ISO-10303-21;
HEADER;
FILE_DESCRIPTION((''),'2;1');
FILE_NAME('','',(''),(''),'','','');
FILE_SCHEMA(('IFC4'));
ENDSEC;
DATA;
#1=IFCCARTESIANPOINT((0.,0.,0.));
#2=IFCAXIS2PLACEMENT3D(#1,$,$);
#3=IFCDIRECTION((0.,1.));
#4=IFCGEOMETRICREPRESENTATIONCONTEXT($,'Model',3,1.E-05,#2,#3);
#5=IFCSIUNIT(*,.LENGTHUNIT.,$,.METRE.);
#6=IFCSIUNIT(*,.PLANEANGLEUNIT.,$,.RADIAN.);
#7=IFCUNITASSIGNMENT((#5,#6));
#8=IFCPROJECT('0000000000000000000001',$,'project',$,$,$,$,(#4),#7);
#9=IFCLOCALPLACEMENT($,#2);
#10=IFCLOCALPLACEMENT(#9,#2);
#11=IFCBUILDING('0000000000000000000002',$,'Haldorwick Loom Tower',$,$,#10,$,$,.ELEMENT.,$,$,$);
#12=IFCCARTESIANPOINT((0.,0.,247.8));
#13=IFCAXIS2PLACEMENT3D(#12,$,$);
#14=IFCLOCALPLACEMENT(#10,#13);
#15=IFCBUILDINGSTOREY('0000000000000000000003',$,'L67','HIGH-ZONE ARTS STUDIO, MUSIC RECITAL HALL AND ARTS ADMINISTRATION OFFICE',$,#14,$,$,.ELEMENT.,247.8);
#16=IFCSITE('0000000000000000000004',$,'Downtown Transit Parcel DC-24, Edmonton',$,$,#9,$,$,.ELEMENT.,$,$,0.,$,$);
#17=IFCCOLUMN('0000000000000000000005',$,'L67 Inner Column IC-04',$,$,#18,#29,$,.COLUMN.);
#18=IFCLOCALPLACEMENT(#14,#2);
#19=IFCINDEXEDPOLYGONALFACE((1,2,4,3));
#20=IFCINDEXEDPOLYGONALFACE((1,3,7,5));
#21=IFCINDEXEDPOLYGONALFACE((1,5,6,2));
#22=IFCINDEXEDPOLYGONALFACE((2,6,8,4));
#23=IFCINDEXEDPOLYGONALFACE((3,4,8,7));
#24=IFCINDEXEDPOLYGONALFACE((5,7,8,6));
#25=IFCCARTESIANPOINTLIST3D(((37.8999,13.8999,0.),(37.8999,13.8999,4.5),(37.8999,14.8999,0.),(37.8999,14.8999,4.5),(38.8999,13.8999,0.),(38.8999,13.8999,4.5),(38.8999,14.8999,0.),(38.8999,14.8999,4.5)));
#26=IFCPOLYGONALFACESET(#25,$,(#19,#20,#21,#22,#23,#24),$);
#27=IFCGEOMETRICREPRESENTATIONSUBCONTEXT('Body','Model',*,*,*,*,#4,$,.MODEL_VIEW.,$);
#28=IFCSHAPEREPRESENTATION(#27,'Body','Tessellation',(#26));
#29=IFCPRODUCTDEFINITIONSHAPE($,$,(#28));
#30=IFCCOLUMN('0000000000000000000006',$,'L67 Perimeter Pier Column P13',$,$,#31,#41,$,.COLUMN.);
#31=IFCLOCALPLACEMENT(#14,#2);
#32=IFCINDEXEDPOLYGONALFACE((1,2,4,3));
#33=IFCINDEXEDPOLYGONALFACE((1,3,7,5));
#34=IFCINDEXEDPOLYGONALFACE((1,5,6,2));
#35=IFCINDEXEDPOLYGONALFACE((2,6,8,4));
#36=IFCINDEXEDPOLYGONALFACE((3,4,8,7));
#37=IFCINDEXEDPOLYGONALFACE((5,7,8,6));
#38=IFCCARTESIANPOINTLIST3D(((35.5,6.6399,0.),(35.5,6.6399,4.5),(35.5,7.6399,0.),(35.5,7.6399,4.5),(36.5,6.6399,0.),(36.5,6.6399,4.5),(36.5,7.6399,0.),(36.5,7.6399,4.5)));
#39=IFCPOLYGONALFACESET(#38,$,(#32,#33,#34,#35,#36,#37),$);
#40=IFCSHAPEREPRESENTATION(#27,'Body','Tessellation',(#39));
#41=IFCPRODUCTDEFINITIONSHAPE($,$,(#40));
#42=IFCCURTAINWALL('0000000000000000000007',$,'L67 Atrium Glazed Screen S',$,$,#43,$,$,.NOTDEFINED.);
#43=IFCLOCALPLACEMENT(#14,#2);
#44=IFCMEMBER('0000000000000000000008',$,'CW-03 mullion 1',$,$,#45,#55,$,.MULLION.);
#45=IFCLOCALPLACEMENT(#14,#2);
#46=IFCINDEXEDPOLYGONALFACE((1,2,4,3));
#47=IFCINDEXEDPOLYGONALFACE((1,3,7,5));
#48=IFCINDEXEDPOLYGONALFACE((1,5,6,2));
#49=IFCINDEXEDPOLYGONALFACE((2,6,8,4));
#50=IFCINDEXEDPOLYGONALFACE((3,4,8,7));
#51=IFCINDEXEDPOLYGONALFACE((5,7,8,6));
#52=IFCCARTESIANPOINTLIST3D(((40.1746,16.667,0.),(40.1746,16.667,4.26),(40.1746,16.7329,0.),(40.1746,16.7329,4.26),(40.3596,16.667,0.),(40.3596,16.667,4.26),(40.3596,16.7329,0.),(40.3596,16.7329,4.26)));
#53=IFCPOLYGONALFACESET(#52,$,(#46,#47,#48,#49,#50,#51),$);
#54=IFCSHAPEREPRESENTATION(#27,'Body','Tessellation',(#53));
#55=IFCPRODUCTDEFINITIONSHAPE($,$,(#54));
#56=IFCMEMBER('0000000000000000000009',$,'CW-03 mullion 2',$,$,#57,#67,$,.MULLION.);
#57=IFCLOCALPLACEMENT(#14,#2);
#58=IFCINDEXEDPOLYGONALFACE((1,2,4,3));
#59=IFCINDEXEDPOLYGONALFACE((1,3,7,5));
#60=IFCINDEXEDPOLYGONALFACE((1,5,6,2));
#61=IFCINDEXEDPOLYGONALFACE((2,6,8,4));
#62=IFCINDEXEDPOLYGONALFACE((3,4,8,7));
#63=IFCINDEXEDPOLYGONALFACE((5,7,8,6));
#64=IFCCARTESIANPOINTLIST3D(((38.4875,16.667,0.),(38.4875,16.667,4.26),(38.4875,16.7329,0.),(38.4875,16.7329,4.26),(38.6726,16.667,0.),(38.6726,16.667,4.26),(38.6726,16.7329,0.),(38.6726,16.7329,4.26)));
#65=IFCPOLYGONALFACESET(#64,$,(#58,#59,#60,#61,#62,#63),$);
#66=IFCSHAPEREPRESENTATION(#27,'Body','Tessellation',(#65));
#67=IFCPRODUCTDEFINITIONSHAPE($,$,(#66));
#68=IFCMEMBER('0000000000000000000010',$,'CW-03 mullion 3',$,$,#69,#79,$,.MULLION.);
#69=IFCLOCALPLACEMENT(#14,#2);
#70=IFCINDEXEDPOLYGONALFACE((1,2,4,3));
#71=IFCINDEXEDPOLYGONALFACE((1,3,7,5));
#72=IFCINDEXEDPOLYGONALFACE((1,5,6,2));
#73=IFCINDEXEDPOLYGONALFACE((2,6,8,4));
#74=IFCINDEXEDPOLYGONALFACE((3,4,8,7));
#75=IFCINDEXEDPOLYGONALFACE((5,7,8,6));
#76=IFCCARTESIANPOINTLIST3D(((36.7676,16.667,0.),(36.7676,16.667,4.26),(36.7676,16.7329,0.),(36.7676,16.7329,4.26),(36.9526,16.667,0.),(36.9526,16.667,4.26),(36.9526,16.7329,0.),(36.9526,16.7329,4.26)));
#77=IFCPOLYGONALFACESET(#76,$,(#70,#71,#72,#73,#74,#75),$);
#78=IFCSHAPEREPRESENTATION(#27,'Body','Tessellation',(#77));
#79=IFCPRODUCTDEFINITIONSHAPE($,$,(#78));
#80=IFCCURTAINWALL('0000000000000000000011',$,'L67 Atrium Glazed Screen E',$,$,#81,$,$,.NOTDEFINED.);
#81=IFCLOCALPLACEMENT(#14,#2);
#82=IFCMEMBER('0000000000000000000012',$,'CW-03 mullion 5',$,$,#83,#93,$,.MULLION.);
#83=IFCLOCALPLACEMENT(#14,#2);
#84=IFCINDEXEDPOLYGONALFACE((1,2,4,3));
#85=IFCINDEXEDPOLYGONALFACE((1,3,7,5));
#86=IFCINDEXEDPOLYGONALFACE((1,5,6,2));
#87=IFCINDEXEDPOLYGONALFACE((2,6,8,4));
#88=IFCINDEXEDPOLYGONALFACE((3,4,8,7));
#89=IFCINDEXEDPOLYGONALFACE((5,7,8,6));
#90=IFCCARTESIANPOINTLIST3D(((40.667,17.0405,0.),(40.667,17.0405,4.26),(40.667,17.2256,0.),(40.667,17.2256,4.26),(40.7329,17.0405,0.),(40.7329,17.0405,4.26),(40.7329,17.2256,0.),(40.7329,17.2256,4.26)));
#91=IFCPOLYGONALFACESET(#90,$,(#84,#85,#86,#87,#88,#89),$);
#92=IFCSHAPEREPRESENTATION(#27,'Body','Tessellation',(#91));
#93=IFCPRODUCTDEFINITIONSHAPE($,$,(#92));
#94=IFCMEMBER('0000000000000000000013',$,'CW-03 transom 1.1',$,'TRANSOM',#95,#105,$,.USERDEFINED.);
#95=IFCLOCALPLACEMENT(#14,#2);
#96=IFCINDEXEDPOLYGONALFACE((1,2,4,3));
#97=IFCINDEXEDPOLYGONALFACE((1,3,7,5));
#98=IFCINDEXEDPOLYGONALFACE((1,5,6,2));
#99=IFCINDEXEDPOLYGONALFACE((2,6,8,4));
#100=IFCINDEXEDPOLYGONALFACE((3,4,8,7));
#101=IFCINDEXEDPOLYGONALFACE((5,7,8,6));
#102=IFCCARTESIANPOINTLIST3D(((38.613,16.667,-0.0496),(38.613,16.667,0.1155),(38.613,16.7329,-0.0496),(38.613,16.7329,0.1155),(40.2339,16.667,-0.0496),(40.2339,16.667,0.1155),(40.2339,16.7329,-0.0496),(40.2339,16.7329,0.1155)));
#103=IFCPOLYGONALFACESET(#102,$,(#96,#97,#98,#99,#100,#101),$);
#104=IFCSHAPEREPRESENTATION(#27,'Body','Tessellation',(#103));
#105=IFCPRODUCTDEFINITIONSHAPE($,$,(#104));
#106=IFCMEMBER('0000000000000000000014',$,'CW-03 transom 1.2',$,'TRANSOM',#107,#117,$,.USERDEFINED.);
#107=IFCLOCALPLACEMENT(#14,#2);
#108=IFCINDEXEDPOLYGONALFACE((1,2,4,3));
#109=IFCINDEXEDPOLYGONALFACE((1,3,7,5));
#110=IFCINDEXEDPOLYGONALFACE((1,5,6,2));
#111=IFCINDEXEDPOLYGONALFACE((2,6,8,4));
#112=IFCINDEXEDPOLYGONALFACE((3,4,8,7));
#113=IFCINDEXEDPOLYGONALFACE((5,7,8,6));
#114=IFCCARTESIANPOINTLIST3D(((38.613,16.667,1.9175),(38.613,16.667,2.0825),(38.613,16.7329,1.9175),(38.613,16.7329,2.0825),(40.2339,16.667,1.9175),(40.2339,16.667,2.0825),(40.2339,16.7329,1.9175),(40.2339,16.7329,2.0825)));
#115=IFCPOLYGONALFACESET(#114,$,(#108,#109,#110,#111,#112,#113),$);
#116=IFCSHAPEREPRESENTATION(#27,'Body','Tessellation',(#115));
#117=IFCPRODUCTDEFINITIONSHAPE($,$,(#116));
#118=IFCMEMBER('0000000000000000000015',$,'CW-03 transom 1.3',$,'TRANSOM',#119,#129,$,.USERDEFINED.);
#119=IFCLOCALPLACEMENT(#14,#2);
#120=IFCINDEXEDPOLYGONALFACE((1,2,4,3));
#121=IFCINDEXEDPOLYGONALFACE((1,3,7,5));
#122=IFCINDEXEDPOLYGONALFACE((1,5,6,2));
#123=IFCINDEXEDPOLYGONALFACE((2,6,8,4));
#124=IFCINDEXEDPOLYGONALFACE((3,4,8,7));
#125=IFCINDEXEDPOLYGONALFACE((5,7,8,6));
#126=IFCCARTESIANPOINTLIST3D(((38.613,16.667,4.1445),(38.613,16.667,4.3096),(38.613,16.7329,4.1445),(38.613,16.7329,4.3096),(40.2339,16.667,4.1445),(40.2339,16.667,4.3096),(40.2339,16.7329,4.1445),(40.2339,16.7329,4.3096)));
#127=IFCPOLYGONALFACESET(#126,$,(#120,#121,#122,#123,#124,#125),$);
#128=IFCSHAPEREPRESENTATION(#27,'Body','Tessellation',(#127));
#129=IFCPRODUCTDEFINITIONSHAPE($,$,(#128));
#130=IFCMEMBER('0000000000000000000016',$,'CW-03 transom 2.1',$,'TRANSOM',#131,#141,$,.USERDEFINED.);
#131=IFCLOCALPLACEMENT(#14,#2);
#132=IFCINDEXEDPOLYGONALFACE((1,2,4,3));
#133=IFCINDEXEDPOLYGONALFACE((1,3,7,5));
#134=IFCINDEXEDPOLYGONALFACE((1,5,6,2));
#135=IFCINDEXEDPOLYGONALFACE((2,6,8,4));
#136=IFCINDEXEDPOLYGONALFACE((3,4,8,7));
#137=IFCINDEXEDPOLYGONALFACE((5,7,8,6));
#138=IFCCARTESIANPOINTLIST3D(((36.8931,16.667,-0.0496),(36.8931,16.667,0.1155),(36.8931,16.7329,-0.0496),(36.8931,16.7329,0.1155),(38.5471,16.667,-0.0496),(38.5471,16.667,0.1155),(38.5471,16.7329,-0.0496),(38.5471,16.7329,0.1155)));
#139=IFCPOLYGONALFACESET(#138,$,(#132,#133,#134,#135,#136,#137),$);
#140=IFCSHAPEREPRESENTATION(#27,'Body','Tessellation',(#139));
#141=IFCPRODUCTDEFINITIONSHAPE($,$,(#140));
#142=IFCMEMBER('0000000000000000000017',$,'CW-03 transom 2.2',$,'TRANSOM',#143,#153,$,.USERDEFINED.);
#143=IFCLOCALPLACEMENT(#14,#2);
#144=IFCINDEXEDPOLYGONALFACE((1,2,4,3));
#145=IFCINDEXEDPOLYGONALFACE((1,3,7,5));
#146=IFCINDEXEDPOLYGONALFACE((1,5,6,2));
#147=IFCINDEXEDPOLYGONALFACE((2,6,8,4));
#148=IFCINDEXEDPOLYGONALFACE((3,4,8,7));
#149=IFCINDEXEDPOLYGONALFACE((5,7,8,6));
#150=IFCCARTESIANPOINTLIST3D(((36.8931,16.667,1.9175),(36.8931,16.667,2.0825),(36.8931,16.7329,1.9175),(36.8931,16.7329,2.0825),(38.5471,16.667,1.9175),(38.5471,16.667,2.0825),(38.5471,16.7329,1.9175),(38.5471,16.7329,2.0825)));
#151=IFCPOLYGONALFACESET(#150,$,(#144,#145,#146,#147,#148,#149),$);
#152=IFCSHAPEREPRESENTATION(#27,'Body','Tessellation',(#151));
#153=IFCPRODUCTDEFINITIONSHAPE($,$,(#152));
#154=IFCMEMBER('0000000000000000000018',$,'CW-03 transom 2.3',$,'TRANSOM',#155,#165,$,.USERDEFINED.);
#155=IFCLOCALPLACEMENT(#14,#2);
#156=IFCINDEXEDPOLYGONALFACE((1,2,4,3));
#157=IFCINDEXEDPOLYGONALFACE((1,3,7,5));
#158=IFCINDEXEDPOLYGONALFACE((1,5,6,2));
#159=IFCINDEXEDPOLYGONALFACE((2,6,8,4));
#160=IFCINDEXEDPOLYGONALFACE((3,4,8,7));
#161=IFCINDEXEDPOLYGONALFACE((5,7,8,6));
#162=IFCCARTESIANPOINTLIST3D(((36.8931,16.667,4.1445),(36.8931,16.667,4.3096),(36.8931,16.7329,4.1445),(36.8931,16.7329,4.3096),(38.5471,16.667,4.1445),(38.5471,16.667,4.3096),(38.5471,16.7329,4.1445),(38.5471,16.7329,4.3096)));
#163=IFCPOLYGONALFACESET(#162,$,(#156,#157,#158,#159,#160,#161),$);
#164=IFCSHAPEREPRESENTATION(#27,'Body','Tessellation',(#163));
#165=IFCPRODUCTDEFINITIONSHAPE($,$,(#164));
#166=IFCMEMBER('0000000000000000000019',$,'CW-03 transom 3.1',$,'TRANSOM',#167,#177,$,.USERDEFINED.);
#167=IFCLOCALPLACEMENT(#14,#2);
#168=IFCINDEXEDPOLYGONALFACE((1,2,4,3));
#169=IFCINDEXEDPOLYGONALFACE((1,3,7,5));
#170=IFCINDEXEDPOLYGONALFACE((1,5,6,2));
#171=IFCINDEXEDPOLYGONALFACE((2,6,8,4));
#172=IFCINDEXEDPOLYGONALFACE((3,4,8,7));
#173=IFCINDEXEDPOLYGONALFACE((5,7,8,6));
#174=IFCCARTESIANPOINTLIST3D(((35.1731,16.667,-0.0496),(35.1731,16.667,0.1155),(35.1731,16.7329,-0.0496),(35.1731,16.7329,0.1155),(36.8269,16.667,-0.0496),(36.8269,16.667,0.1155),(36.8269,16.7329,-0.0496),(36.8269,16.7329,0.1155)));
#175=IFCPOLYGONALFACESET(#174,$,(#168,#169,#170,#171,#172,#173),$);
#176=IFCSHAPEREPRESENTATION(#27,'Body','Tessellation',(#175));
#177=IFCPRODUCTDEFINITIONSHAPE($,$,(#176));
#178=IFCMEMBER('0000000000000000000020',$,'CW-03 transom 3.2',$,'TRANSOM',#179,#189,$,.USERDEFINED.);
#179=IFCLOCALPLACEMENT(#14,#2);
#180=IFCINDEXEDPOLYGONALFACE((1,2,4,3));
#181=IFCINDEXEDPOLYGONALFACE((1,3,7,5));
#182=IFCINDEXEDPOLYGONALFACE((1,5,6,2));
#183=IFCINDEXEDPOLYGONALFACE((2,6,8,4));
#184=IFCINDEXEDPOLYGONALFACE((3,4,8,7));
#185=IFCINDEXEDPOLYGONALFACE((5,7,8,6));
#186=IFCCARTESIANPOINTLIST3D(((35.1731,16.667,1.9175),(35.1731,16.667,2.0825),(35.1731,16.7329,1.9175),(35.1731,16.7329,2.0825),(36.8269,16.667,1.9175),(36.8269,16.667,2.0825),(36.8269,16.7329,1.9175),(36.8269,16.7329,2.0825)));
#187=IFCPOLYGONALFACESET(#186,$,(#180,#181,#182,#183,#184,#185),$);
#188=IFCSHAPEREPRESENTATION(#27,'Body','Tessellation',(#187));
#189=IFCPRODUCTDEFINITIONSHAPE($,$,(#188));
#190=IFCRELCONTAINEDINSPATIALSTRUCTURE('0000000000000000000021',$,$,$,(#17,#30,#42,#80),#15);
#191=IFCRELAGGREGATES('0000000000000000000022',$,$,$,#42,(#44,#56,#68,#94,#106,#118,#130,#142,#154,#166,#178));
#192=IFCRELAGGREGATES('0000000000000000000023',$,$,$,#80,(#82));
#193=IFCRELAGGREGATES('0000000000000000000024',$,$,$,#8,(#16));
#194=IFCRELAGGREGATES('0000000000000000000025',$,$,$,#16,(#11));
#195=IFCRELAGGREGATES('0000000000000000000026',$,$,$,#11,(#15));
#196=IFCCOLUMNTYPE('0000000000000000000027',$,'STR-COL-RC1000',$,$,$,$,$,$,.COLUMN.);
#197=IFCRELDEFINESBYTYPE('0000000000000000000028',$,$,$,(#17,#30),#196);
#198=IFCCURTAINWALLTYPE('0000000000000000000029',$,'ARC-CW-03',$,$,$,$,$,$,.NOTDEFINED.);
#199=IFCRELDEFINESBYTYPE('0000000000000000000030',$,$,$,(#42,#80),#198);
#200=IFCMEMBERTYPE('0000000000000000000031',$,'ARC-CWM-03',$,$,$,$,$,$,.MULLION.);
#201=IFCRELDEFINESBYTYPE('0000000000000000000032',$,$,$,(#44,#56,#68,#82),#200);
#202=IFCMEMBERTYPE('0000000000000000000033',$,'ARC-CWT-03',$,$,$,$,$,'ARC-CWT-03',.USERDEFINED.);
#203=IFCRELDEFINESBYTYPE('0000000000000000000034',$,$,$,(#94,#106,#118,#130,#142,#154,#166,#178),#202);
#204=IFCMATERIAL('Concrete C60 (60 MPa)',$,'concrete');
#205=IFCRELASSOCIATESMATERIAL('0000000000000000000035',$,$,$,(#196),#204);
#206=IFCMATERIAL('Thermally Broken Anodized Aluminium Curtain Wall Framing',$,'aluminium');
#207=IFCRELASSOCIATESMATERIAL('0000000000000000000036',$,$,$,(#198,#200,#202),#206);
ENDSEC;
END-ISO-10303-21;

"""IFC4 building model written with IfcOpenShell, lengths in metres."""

from ifc_helpers import new_model, si_unit, direction, frame, origin, origin_2d, place, context, subcontext, project, spatial, rectangle, extrude, material, material_profile, profile_set, type_object, element, aggregate, save


model = new_model("IFC4")

# Units and contexts
model_context = context("Model", 3, precision=1e-05, world=origin(), true_north=direction((0.0, 1.0)))
body_context = subcontext(model_context, "Body", "Model", "MODEL_VIEW")
ifc_project = project(units=[si_unit("LENGTHUNIT", "METRE"), si_unit("PLANEANGLEUNIT", "RADIAN")], contexts=[model_context])

# Site, building, storey
site_placement = place(None, origin())
site = spatial("IfcSite", under=ifc_project, at=site_placement, Name="Downtown Transit Parcel DC-24, Edmonton", CompositionType="ELEMENT", RefElevation=0.0)
building_placement = place(site_placement, origin())
building = spatial("IfcBuilding", under=site, at=building_placement, Name="Haldorwick Loom Tower", CompositionType="ELEMENT")
storey_placement = place(building_placement, frame((0.0, 0.0, 247.8)))
storey = spatial("IfcBuildingStorey", under=building, at=storey_placement, Name="L67", Description="HIGH-ZONE ARTS STUDIO, MUSIC RECITAL HALL AND ARTS ADMINISTRATION OFFICE", CompositionType="ELEMENT", Elevation=247.8)

# Columns
ifc_material_1 = material(Name="Concrete C60 (60 MPa)", Category="concrete")
ifc_material_profile_1 = material_profile(ifc_material_1, rectangle(XDim=1.0, YDim=1.0, at=origin_2d()), Name="RC1000X1000", Category="concrete")
ifc_profile_set_1 = profile_set([ifc_material_profile_1], Name="Concrete C60 (60 MPa)")
column_type = type_object("IfcColumnType", Name="STR-COL-RC1000", PredefinedType="COLUMN", material=ifc_profile_set_1)
for number, where, z_axis, x_axis, name in (
    (1, (38.3999, 14.3999, 0.0), (0.0, 0.0, 1.0), (1.0, 0.0, 0.0), "L67 Inner Column IC-04"),
    (2, (36.0, 7.1399, 0.0), (0.0, 0.0, 1.0), (0.0, -1.0, 0.0), "L67 Perimeter Pier Column P13"),
):
    element("IfcColumn", number, at=place(storey_placement, frame(where, z_axis=z_axis, x_axis=x_axis)), inside=storey, type_object=column_type, Name=name, PredefinedType="COLUMN", context=body_context, shape_type="SweptSolid", body=[
        extrude(rectangle(XDim=1.0, YDim=1.0, at=origin_2d()), origin(), (0.0, 0.0, 1.0), 4.5),
    ])

# Curtain wall, members
ifc_material_2 = material(Name="Thermally Broken Anodized Aluminium Curtain Wall Framing", Category="aluminium")
curtain_wall_type_1 = type_object("IfcCurtainWallType", Name="ARC-CW-03", PredefinedType="NOTDEFINED", material=ifc_material_2)
curtain_wall_1_placement = place(storey_placement, origin())
curtain_wall_1 = element("IfcCurtainWall", 3, at=curtain_wall_1_placement, inside=storey, type_object=curtain_wall_type_1, Name="L67 Atrium Glazed Screen S", PredefinedType="NOTDEFINED")
ifc_material_profile_2 = material_profile(ifc_material_2, rectangle(XDim=0.0659, YDim=0.1851, at=origin_2d()), Name="ALU_MUL_66X185", Category="aluminium")
ifc_profile_set_2 = profile_set([ifc_material_profile_2], Name="Thermally Broken Anodized Aluminium Curtain Wall Framing")
member_type_1 = type_object("IfcMemberType", Name="ARC-CWM-03", PredefinedType="MULLION", material=ifc_profile_set_2)
member_1_placement = place(storey_placement, frame((40.2671, 16.7, 0.0), z_axis=(0.0, 0.0, 1.0), x_axis=(0.0, -1.0, 0.0)))
member_1 = element("IfcMember", 4, at=member_1_placement, type_object=member_type_1, Name="CW-03 mullion 1", PredefinedType="MULLION", context=body_context, shape_type="SweptSolid", body=[
    extrude(rectangle(XDim=0.0659, YDim=0.1851, at=origin_2d()), origin(), (0.0, 0.0, 1.0), 4.26),
])
member_2_placement = place(storey_placement, frame((38.5801, 16.7, 0.0), z_axis=(0.0, 0.0, 1.0), x_axis=(0.0, -1.0, 0.0)))
member_2 = element("IfcMember", 5, at=member_2_placement, type_object=member_type_1, Name="CW-03 mullion 2", PredefinedType="MULLION", context=body_context, shape_type="SweptSolid", body=[
    extrude(rectangle(XDim=0.0659, YDim=0.1851, at=origin_2d()), origin(), (0.0, 0.0, 1.0), 4.26),
])
member_3_placement = place(storey_placement, frame((36.8601, 16.7, 0.0), z_axis=(0.0, 0.0, 1.0), x_axis=(0.0, -1.0, 0.0)))
member_3 = element("IfcMember", 6, at=member_3_placement, type_object=member_type_1, Name="CW-03 mullion 3", PredefinedType="MULLION", context=body_context, shape_type="SweptSolid", body=[
    extrude(rectangle(XDim=0.0659, YDim=0.1851, at=origin_2d()), origin(), (0.0, 0.0, 1.0), 4.26),
])

# Curtain wall, member
curtain_wall_2_placement = place(storey_placement, origin())
curtain_wall_2 = element("IfcCurtainWall", 7, at=curtain_wall_2_placement, inside=storey, type_object=curtain_wall_type_1, Name="L67 Atrium Glazed Screen E", PredefinedType="NOTDEFINED")
member_4_placement = place(storey_placement, frame((40.7, 17.1331, 0.0), z_axis=(0.0, 0.0, 1.0), x_axis=(1.0, 0.0, 0.0)))
member_4 = element("IfcMember", 8, at=member_4_placement, type_object=member_type_1, Name="CW-03 mullion 5", PredefinedType="MULLION", context=body_context, shape_type="SweptSolid", body=[
    extrude(rectangle(XDim=0.0659, YDim=0.1851, at=origin_2d()), origin(), (0.0, 0.0, 1.0), 4.26),
])

# Members
ifc_material_profile_3 = material_profile(ifc_material_2, rectangle(XDim=0.0659, YDim=0.165, at=origin_2d()), Name="ALU_TRN_66X165", Category="aluminium")
ifc_profile_set_3 = profile_set([ifc_material_profile_3], Name="Thermally Broken Anodized Aluminium Curtain Wall Framing")
member_type_2 = type_object("IfcMemberType", Name="ARC-CWT-03", ElementType="ARC-CWT-03", PredefinedType="USERDEFINED", material=ifc_profile_set_3)
member_5_placement = place(storey_placement, frame((40.2339, 16.7, 0.033), z_axis=(-1.0, 0.0, 0.0), x_axis=(0.0, -1.0, 0.0)))
member_5 = element("IfcMember", 9, at=member_5_placement, type_object=member_type_2, Name="CW-03 transom 1.1", ObjectType="TRANSOM", PredefinedType="USERDEFINED", context=body_context, shape_type="SweptSolid", body=[
    extrude(rectangle(XDim=0.0659, YDim=0.165, at=origin_2d()), origin(), (0.0, 0.0, 1.0), 1.6208),
])
member_6_placement = place(storey_placement, frame((40.2339, 16.7, 2.0), z_axis=(-1.0, 0.0, 0.0), x_axis=(0.0, -1.0, 0.0)))
member_6 = element("IfcMember", 10, at=member_6_placement, type_object=member_type_2, Name="CW-03 transom 1.2", ObjectType="TRANSOM", PredefinedType="USERDEFINED", context=body_context, shape_type="SweptSolid", body=[
    extrude(rectangle(XDim=0.0659, YDim=0.165, at=origin_2d()), origin(), (0.0, 0.0, 1.0), 1.6208),
])
member_7_placement = place(storey_placement, frame((40.2339, 16.7, 4.2271), z_axis=(-1.0, 0.0, 0.0), x_axis=(0.0, -1.0, 0.0)))
member_7 = element("IfcMember", 11, at=member_7_placement, type_object=member_type_2, Name="CW-03 transom 1.3", ObjectType="TRANSOM", PredefinedType="USERDEFINED", context=body_context, shape_type="SweptSolid", body=[
    extrude(rectangle(XDim=0.0659, YDim=0.165, at=origin_2d()), origin(), (0.0, 0.0, 1.0), 1.6208),
])
member_8_placement = place(storey_placement, frame((38.5471, 16.7, 0.033), z_axis=(-1.0, 0.0, 0.0), x_axis=(0.0, -1.0, 0.0)))
member_8 = element("IfcMember", 12, at=member_8_placement, type_object=member_type_2, Name="CW-03 transom 2.1", ObjectType="TRANSOM", PredefinedType="USERDEFINED", context=body_context, shape_type="SweptSolid", body=[
    extrude(rectangle(XDim=0.0659, YDim=0.165, at=origin_2d()), origin(), (0.0, 0.0, 1.0), 1.6541),
])
member_9_placement = place(storey_placement, frame((38.5471, 16.7, 2.0), z_axis=(-1.0, 0.0, 0.0), x_axis=(0.0, -1.0, 0.0)))
member_9 = element("IfcMember", 13, at=member_9_placement, type_object=member_type_2, Name="CW-03 transom 2.2", ObjectType="TRANSOM", PredefinedType="USERDEFINED", context=body_context, shape_type="SweptSolid", body=[
    extrude(rectangle(XDim=0.0659, YDim=0.165, at=origin_2d()), origin(), (0.0, 0.0, 1.0), 1.6541),
])
member_10_placement = place(storey_placement, frame((38.5471, 16.7, 4.2271), z_axis=(-1.0, 0.0, 0.0), x_axis=(0.0, -1.0, 0.0)))
member_10 = element("IfcMember", 14, at=member_10_placement, type_object=member_type_2, Name="CW-03 transom 2.3", ObjectType="TRANSOM", PredefinedType="USERDEFINED", context=body_context, shape_type="SweptSolid", body=[
    extrude(rectangle(XDim=0.0659, YDim=0.165, at=origin_2d()), origin(), (0.0, 0.0, 1.0), 1.6541),
])
member_11_placement = place(storey_placement, frame((36.8269, 16.7, 0.033), z_axis=(-1.0, 0.0, 0.0), x_axis=(0.0, -1.0, 0.0)))
member_11 = element("IfcMember", 15, at=member_11_placement, type_object=member_type_2, Name="CW-03 transom 3.1", ObjectType="TRANSOM", PredefinedType="USERDEFINED", context=body_context, shape_type="SweptSolid", body=[
    extrude(rectangle(XDim=0.0659, YDim=0.165, at=origin_2d()), origin(), (0.0, 0.0, 1.0), 1.6538),
])
member_12_placement = place(storey_placement, frame((36.8269, 16.7, 2.0), z_axis=(-1.0, 0.0, 0.0), x_axis=(0.0, -1.0, 0.0)))
member_12 = element("IfcMember", 16, at=member_12_placement, type_object=member_type_2, Name="CW-03 transom 3.2", ObjectType="TRANSOM", PredefinedType="USERDEFINED", context=body_context, shape_type="SweptSolid", body=[
    extrude(rectangle(XDim=0.0659, YDim=0.165, at=origin_2d()), origin(), (0.0, 0.0, 1.0), 1.6538),
])

aggregate(curtain_wall_1, [member_1, member_2, member_3, member_5, member_6, member_7, member_8, member_9, member_10, member_11, member_12])
aggregate(curtain_wall_2, [member_4])

save(model, "model.ifc")
